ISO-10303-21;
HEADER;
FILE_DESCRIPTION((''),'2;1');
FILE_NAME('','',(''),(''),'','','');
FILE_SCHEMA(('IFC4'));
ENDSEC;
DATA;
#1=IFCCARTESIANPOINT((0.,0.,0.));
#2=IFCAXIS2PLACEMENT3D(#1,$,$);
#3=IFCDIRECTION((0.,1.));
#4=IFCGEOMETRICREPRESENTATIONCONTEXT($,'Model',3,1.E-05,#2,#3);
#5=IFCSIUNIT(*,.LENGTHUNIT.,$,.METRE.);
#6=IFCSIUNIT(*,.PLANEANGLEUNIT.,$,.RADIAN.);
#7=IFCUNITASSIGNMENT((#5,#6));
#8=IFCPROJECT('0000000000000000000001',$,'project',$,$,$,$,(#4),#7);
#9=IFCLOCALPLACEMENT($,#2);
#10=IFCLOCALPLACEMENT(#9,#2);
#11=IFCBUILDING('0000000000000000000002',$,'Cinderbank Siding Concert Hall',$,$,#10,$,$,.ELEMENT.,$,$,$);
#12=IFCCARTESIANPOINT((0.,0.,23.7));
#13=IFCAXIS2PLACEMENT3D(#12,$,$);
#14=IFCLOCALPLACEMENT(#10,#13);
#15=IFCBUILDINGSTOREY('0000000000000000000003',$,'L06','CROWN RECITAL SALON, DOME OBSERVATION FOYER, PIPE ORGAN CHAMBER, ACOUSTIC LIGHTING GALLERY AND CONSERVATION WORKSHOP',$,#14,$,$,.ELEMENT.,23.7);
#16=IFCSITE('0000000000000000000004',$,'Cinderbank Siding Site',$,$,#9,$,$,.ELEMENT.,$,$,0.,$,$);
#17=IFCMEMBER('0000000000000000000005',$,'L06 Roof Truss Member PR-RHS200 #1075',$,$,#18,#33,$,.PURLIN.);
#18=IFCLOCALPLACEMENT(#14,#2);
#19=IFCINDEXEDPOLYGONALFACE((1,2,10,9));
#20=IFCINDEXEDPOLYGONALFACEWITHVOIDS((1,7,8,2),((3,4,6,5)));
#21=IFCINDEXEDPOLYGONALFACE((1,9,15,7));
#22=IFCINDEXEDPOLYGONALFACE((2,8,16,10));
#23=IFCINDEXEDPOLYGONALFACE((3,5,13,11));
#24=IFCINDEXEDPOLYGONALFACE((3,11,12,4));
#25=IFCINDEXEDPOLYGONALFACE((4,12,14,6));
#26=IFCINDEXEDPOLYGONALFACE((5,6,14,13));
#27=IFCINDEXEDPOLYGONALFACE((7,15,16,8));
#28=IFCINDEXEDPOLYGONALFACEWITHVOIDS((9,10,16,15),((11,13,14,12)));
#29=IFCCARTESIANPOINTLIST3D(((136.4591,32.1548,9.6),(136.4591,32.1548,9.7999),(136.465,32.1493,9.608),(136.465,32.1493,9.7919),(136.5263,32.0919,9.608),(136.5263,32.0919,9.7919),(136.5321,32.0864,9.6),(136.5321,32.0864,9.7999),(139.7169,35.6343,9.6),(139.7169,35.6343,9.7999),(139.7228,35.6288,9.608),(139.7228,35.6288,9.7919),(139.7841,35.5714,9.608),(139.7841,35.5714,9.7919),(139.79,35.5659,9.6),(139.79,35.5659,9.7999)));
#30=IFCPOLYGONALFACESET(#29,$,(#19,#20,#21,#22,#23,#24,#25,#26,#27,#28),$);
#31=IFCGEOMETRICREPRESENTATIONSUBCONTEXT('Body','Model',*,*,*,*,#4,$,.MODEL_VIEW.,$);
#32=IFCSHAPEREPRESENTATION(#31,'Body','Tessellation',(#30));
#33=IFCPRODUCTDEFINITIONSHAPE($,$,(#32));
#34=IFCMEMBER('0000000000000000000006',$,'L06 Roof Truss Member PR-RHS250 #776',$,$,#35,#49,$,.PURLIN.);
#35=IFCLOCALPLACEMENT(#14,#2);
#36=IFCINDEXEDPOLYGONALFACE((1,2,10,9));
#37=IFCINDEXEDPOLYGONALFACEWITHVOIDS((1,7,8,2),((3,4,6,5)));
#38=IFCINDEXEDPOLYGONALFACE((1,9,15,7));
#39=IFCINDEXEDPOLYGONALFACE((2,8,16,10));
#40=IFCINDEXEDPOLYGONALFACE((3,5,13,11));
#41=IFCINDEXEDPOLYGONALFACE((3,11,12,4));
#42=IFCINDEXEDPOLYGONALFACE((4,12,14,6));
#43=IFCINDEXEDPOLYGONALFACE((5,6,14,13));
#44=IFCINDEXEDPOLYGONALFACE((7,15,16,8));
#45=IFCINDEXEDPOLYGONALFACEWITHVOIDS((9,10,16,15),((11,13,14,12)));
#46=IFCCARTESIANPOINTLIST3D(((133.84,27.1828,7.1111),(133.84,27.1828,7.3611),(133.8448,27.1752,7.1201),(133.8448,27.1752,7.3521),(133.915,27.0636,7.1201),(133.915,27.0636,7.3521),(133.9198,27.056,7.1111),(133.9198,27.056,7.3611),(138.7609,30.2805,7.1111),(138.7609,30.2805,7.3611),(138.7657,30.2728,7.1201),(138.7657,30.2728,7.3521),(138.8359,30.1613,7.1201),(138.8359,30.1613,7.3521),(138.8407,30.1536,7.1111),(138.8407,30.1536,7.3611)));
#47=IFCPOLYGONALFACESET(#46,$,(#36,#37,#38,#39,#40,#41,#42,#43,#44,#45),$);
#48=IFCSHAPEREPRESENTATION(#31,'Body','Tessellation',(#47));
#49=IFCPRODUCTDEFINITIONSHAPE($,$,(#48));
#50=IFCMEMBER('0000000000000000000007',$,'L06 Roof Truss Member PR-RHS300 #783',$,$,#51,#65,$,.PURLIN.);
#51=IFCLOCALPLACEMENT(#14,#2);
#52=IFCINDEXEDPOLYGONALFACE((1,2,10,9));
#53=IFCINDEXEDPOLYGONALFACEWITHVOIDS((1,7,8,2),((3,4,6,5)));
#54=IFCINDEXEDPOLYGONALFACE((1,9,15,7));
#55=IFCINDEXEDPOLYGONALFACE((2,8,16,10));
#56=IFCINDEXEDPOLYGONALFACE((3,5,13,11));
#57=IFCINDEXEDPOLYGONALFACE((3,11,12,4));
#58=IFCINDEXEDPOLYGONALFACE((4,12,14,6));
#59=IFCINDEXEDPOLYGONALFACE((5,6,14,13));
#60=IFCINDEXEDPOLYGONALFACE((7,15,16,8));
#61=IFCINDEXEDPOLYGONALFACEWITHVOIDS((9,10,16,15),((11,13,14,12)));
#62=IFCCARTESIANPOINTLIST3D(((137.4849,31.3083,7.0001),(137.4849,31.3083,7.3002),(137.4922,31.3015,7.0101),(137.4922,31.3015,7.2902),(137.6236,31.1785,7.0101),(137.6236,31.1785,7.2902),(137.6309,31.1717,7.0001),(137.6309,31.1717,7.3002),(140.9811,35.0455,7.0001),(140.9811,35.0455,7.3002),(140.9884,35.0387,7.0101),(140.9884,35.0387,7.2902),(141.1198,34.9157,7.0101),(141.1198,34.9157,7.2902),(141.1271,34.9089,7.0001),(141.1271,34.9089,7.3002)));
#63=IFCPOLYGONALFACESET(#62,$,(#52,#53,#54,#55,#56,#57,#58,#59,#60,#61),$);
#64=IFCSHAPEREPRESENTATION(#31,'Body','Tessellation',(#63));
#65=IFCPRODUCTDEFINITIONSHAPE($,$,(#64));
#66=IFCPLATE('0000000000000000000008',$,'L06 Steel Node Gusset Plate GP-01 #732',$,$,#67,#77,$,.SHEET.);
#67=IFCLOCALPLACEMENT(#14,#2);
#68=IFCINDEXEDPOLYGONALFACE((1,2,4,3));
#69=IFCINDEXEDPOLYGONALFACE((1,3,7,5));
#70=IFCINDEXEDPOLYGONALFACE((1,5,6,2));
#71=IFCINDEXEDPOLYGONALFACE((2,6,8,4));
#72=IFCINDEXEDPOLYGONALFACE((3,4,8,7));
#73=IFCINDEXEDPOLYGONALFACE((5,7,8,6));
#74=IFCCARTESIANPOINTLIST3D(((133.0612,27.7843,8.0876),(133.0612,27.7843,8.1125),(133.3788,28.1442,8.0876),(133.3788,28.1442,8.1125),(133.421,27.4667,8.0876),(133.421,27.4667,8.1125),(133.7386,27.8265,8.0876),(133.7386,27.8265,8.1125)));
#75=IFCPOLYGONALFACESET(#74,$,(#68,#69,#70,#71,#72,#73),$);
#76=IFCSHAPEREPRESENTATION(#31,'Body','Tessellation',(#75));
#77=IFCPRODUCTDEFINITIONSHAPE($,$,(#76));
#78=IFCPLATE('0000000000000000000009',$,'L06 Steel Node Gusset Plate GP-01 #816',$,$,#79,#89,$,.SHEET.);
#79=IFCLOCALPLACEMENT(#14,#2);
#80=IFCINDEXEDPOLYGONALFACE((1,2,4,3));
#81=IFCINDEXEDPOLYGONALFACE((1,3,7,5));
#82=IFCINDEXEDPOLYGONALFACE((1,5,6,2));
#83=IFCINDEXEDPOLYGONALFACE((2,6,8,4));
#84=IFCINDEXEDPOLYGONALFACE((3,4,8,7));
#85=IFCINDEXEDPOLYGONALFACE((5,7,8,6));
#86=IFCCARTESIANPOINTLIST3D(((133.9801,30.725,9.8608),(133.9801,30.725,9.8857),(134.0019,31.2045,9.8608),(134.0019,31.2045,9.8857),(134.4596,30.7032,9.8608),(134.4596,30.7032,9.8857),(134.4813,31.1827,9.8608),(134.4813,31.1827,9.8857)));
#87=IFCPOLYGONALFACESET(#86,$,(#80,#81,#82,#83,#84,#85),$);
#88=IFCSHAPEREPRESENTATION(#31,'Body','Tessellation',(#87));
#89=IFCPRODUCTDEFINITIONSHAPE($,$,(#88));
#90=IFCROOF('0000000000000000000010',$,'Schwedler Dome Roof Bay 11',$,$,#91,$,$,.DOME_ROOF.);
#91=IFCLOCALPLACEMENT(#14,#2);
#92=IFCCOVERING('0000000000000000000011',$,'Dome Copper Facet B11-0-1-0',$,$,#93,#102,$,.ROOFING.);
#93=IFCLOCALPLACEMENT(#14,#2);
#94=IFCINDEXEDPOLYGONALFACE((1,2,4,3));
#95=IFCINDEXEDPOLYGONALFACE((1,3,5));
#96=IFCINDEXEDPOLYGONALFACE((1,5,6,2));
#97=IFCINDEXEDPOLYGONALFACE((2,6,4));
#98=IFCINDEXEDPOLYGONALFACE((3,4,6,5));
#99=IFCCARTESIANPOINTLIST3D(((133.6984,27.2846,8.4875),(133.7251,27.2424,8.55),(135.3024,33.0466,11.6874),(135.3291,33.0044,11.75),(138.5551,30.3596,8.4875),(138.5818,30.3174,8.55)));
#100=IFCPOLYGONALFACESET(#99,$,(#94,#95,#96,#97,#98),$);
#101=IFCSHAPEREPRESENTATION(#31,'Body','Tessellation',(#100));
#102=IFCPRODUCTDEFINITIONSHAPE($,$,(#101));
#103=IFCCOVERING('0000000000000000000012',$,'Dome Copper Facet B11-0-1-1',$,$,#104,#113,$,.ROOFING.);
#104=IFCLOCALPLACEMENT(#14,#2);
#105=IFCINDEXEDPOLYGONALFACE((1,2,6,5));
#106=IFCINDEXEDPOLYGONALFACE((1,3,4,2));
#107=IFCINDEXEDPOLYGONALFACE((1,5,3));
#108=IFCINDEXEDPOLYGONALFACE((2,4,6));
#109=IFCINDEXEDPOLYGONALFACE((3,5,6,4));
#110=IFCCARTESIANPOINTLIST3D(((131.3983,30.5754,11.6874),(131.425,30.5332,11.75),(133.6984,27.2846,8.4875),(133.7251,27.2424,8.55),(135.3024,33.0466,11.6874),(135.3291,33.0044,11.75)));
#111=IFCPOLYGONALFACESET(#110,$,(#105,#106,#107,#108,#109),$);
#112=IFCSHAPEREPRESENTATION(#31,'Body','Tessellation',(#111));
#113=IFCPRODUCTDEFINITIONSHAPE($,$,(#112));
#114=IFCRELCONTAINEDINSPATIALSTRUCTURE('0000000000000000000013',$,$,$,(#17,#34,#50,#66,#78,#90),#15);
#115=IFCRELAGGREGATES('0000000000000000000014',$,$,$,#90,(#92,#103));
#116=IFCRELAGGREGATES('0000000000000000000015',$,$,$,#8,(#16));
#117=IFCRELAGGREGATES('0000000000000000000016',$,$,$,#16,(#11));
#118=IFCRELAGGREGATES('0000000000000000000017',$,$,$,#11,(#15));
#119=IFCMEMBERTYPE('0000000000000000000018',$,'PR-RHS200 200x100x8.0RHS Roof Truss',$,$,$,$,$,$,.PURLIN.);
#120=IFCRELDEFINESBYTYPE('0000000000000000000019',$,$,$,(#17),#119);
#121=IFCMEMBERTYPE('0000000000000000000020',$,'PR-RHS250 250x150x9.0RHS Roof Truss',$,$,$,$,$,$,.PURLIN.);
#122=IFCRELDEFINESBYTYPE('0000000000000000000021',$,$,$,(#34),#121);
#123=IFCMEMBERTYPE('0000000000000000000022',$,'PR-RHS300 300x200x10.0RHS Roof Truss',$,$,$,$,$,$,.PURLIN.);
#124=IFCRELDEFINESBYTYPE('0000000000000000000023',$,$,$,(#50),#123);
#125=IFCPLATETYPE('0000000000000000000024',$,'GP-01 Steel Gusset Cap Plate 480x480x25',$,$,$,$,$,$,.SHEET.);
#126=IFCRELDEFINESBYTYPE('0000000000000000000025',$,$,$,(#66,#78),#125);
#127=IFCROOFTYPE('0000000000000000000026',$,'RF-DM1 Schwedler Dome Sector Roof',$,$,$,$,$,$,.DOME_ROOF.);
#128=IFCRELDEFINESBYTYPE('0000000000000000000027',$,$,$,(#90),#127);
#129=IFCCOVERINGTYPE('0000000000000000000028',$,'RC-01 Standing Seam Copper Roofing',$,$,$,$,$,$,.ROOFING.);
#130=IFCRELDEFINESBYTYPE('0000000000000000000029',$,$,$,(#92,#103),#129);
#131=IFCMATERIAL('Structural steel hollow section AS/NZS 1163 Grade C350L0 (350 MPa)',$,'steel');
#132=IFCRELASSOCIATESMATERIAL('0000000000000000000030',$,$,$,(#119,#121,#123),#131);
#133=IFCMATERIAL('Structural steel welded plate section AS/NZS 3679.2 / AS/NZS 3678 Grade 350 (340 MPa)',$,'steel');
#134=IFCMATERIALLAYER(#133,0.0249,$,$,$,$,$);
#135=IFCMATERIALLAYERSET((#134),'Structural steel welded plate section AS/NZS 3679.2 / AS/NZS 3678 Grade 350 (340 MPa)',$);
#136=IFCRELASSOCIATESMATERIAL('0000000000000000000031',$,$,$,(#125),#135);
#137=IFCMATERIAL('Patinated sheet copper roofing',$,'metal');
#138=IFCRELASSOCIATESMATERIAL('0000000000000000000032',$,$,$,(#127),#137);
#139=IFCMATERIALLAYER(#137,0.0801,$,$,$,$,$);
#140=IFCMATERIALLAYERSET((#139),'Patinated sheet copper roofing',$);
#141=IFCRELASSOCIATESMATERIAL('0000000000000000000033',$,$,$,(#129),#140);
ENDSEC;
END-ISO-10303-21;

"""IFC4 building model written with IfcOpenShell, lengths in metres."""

from ifc_helpers import new_model, si_unit, direction, frame, origin, origin_2d, place, context, subcontext, project, spatial, polyline, rectangle, hollow_rectangle, outline, extrude, material, layer, layer_set, material_profile, profile_set, type_object, element, aggregate, save


model = new_model("IFC4")

# Units and contexts
model_context = context("Model", 3, precision=1e-05, world=origin(), true_north=direction((0.0, 1.0)))
body_context = subcontext(model_context, "Body", "Model", "MODEL_VIEW")
ifc_project = project(units=[si_unit("LENGTHUNIT", "METRE"), si_unit("PLANEANGLEUNIT", "RADIAN")], contexts=[model_context])

# Site, building, storey
site_placement = place(None, origin())
site = spatial("IfcSite", under=ifc_project, at=site_placement, Name="Cinderbank Siding Site", CompositionType="ELEMENT", RefElevation=0.0)
building_placement = place(site_placement, origin())
building = spatial("IfcBuilding", under=site, at=building_placement, Name="Cinderbank Siding Concert Hall", CompositionType="ELEMENT")
storey_placement = place(building_placement, frame((0.0, 0.0, 23.7)))
storey = spatial("IfcBuildingStorey", under=building, at=storey_placement, Name="L06", Description="CROWN RECITAL SALON, DOME OBSERVATION FOYER, PIPE ORGAN CHAMBER, ACOUSTIC LIGHTING GALLERY AND CONSERVATION WORKSHOP", CompositionType="ELEMENT", Elevation=23.7)

# Shared definitions
ifc_material_1 = material(Name="Structural steel welded plate section AS/NZS 3679.2 / AS/NZS 3678 Grade 350 (340 MPa)", Category="steel")

# Members
ifc_material_2 = material(Name="Structural steel hollow section AS/NZS 1163 Grade C350L0 (350 MPa)", Category="steel")
ifc_material_profile_1 = material_profile(ifc_material_2, hollow_rectangle(XDim=0.1001, YDim=0.2, WallThickness=0.0081, at=origin_2d()), Name="200x100x8.0RHS", Category="LoadBearing")
ifc_profile_set_1 = profile_set([ifc_material_profile_1], Name="Structural steel hollow section AS/NZS 1163 Grade C350L0 (350 MPa)")
member_type_1 = type_object("IfcMemberType", Name="PR-RHS200 200x100x8.0RHS Roof Truss", PredefinedType="PURLIN", material=ifc_profile_set_1)
member_1_placement = place(storey_placement, frame((136.4956, 32.1206, 9.7), z_axis=(0.683471, 0.729978, 0.0), x_axis=(-0.729978, 0.683471, 0.0)))
element("IfcMember", 1, at=member_1_placement, inside=storey, type_object=member_type_1, Name="L06 Roof Truss Member PR-RHS200 #1075", PredefinedType="PURLIN", context=body_context, shape_type="SweptSolid", body=[
    extrude(hollow_rectangle(XDim=0.1001, YDim=0.2, WallThickness=0.0081, at=origin_2d()), origin(), (0.0, 0.0, 1.0), 4.7666),
])
ifc_material_profile_2 = material_profile(ifc_material_2, hollow_rectangle(XDim=0.1499, YDim=0.25, WallThickness=0.009, at=origin_2d()), Name="250x150x9.0RHS", Category="LoadBearing")
ifc_profile_set_2 = profile_set([ifc_material_profile_2], Name="Structural steel hollow section AS/NZS 1163 Grade C350L0 (350 MPa)")
member_type_2 = type_object("IfcMemberType", Name="PR-RHS250 250x150x9.0RHS Roof Truss", PredefinedType="PURLIN", material=ifc_profile_set_2)
member_2_placement = place(storey_placement, frame((133.8799, 27.1194, 7.2361), z_axis=(0.846286, 0.532729, 0.0), x_axis=(-0.532729, 0.846286, 0.0)))
element("IfcMember", 2, at=member_2_placement, inside=storey, type_object=member_type_2, Name="L06 Roof Truss Member PR-RHS250 #776", PredefinedType="PURLIN", context=body_context, shape_type="SweptSolid", body=[
    extrude(hollow_rectangle(XDim=0.1499, YDim=0.25, WallThickness=0.009, at=origin_2d()), origin(), (0.0, 0.0, 1.0), 5.8147),
])
ifc_material_profile_3 = material_profile(ifc_material_2, hollow_rectangle(XDim=0.2, YDim=0.3, WallThickness=0.01, at=origin_2d()), Name="300x200x10.0RHS", Category="LoadBearing")
ifc_profile_set_3 = profile_set([ifc_material_profile_3], Name="Structural steel hollow section AS/NZS 1163 Grade C350L0 (350 MPa)")
member_type_3 = type_object("IfcMemberType", Name="PR-RHS300 300x200x10.0RHS Roof Truss", PredefinedType="PURLIN", material=ifc_profile_set_3)
member_3_placement = place(storey_placement, frame((137.5579, 31.24, 7.1501), z_axis=(0.683173, 0.730257, 0.0), x_axis=(-0.730257, 0.683173, 0.0)))
element("IfcMember", 3, at=member_3_placement, inside=storey, type_object=member_type_3, Name="L06 Roof Truss Member PR-RHS300 #783", PredefinedType="PURLIN", context=body_context, shape_type="SweptSolid", body=[
    extrude(hollow_rectangle(XDim=0.2, YDim=0.3, WallThickness=0.01, at=origin_2d()), origin(), (0.0, 0.0, 1.0), 5.1177),
])

# Plates
ifc_layer_1 = layer(ifc_material_1, 0.0249)
ifc_layer_set_1 = layer_set([ifc_layer_1], Name="Structural steel welded plate section AS/NZS 3679.2 / AS/NZS 3678 Grade 350 (340 MPa)")
plate_type = type_object("IfcPlateType", Name="GP-01 Steel Gusset Cap Plate 480x480x25", PredefinedType="SHEET", material=ifc_layer_set_1)
for number, where, z_axis, x_axis, name in (
    (4, (133.3999, 27.8054, 8.0876), (0.0, 0.0, 1.0), (0.661835, 0.749649, 0.0), "L06 Steel Node Gusset Plate GP-01 #732"),
    (5, (134.2307, 30.9539, 9.8608), (0.0, 0.0, 1.0), (-0.998971, 0.045363, 0.0), "L06 Steel Node Gusset Plate GP-01 #816"),
):
    element("IfcPlate", number, at=place(storey_placement, frame(where, z_axis=z_axis, x_axis=x_axis)), inside=storey, type_object=plate_type, Name=name, PredefinedType="SHEET", context=body_context, shape_type="SweptSolid", body=[
        extrude(rectangle(XDim=0.48, YDim=0.48, at=origin_2d()), origin(), (0.0, 0.0, 1.0), 0.0249),
    ])

# Roof, coverings
ifc_material_3 = material(Name="Patinated sheet copper roofing", Category="metal")
roof_type = type_object("IfcRoofType", Name="RF-DM1 Schwedler Dome Sector Roof", PredefinedType="DOME_ROOF", material=ifc_material_3)
roof_placement = place(storey_placement, origin())
roof = element("IfcRoof", 6, at=roof_placement, inside=storey, type_object=roof_type, Name="Schwedler Dome Roof Bay 11", PredefinedType="DOME_ROOF")
ifc_layer_2 = layer(ifc_material_3, 0.0801)
ifc_layer_set_2 = layer_set([ifc_layer_2], Name="Patinated sheet copper roofing")
covering_type = type_object("IfcCoveringType", Name="RC-01 Standing Seam Copper Roofing", PredefinedType="ROOFING", material=ifc_layer_set_2)
covering_1_placement = place(storey_placement, frame((133.7251, 27.2424, 8.55), z_axis=(0.333648, -0.526975, 0.78165), x_axis=(0.844894, 0.534934, 0.0)))
covering_1 = element("IfcCovering", 7, at=covering_1_placement, type_object=covering_type, Name="Dome Copper Facet B11-0-1-0", PredefinedType="ROOFING", context=body_context, shape_type="SweptSolid", body=[
    extrude(outline(polyline([(0.0, 0.0), (5.7483, 0.0), (4.4375, 5.1304), (0.0, 0.0)])), origin(), (0.0, 0.0, -1.0), 0.0801),
])
covering_2_placement = place(storey_placement, frame((133.7251, 27.2424, 8.55), z_axis=(0.333564, -0.526973, 0.781687), x_axis=(0.236465, 0.849438, 0.471742)))
covering_2 = element("IfcCovering", 8, at=covering_2_placement, type_object=covering_type, Name="Dome Copper Facet B11-0-1-1", PredefinedType="ROOFING", context=body_context, shape_type="SweptSolid", body=[
    extrude(outline(polyline([(0.0, 0.0), (6.7833, 0.0), (3.761, 3.4949), (0.0, 0.0)])), origin(), (0.0, 0.0, -1.0), 0.0801),
])
aggregate(roof, [covering_1, covering_2])

save(model, "model.ifc")
